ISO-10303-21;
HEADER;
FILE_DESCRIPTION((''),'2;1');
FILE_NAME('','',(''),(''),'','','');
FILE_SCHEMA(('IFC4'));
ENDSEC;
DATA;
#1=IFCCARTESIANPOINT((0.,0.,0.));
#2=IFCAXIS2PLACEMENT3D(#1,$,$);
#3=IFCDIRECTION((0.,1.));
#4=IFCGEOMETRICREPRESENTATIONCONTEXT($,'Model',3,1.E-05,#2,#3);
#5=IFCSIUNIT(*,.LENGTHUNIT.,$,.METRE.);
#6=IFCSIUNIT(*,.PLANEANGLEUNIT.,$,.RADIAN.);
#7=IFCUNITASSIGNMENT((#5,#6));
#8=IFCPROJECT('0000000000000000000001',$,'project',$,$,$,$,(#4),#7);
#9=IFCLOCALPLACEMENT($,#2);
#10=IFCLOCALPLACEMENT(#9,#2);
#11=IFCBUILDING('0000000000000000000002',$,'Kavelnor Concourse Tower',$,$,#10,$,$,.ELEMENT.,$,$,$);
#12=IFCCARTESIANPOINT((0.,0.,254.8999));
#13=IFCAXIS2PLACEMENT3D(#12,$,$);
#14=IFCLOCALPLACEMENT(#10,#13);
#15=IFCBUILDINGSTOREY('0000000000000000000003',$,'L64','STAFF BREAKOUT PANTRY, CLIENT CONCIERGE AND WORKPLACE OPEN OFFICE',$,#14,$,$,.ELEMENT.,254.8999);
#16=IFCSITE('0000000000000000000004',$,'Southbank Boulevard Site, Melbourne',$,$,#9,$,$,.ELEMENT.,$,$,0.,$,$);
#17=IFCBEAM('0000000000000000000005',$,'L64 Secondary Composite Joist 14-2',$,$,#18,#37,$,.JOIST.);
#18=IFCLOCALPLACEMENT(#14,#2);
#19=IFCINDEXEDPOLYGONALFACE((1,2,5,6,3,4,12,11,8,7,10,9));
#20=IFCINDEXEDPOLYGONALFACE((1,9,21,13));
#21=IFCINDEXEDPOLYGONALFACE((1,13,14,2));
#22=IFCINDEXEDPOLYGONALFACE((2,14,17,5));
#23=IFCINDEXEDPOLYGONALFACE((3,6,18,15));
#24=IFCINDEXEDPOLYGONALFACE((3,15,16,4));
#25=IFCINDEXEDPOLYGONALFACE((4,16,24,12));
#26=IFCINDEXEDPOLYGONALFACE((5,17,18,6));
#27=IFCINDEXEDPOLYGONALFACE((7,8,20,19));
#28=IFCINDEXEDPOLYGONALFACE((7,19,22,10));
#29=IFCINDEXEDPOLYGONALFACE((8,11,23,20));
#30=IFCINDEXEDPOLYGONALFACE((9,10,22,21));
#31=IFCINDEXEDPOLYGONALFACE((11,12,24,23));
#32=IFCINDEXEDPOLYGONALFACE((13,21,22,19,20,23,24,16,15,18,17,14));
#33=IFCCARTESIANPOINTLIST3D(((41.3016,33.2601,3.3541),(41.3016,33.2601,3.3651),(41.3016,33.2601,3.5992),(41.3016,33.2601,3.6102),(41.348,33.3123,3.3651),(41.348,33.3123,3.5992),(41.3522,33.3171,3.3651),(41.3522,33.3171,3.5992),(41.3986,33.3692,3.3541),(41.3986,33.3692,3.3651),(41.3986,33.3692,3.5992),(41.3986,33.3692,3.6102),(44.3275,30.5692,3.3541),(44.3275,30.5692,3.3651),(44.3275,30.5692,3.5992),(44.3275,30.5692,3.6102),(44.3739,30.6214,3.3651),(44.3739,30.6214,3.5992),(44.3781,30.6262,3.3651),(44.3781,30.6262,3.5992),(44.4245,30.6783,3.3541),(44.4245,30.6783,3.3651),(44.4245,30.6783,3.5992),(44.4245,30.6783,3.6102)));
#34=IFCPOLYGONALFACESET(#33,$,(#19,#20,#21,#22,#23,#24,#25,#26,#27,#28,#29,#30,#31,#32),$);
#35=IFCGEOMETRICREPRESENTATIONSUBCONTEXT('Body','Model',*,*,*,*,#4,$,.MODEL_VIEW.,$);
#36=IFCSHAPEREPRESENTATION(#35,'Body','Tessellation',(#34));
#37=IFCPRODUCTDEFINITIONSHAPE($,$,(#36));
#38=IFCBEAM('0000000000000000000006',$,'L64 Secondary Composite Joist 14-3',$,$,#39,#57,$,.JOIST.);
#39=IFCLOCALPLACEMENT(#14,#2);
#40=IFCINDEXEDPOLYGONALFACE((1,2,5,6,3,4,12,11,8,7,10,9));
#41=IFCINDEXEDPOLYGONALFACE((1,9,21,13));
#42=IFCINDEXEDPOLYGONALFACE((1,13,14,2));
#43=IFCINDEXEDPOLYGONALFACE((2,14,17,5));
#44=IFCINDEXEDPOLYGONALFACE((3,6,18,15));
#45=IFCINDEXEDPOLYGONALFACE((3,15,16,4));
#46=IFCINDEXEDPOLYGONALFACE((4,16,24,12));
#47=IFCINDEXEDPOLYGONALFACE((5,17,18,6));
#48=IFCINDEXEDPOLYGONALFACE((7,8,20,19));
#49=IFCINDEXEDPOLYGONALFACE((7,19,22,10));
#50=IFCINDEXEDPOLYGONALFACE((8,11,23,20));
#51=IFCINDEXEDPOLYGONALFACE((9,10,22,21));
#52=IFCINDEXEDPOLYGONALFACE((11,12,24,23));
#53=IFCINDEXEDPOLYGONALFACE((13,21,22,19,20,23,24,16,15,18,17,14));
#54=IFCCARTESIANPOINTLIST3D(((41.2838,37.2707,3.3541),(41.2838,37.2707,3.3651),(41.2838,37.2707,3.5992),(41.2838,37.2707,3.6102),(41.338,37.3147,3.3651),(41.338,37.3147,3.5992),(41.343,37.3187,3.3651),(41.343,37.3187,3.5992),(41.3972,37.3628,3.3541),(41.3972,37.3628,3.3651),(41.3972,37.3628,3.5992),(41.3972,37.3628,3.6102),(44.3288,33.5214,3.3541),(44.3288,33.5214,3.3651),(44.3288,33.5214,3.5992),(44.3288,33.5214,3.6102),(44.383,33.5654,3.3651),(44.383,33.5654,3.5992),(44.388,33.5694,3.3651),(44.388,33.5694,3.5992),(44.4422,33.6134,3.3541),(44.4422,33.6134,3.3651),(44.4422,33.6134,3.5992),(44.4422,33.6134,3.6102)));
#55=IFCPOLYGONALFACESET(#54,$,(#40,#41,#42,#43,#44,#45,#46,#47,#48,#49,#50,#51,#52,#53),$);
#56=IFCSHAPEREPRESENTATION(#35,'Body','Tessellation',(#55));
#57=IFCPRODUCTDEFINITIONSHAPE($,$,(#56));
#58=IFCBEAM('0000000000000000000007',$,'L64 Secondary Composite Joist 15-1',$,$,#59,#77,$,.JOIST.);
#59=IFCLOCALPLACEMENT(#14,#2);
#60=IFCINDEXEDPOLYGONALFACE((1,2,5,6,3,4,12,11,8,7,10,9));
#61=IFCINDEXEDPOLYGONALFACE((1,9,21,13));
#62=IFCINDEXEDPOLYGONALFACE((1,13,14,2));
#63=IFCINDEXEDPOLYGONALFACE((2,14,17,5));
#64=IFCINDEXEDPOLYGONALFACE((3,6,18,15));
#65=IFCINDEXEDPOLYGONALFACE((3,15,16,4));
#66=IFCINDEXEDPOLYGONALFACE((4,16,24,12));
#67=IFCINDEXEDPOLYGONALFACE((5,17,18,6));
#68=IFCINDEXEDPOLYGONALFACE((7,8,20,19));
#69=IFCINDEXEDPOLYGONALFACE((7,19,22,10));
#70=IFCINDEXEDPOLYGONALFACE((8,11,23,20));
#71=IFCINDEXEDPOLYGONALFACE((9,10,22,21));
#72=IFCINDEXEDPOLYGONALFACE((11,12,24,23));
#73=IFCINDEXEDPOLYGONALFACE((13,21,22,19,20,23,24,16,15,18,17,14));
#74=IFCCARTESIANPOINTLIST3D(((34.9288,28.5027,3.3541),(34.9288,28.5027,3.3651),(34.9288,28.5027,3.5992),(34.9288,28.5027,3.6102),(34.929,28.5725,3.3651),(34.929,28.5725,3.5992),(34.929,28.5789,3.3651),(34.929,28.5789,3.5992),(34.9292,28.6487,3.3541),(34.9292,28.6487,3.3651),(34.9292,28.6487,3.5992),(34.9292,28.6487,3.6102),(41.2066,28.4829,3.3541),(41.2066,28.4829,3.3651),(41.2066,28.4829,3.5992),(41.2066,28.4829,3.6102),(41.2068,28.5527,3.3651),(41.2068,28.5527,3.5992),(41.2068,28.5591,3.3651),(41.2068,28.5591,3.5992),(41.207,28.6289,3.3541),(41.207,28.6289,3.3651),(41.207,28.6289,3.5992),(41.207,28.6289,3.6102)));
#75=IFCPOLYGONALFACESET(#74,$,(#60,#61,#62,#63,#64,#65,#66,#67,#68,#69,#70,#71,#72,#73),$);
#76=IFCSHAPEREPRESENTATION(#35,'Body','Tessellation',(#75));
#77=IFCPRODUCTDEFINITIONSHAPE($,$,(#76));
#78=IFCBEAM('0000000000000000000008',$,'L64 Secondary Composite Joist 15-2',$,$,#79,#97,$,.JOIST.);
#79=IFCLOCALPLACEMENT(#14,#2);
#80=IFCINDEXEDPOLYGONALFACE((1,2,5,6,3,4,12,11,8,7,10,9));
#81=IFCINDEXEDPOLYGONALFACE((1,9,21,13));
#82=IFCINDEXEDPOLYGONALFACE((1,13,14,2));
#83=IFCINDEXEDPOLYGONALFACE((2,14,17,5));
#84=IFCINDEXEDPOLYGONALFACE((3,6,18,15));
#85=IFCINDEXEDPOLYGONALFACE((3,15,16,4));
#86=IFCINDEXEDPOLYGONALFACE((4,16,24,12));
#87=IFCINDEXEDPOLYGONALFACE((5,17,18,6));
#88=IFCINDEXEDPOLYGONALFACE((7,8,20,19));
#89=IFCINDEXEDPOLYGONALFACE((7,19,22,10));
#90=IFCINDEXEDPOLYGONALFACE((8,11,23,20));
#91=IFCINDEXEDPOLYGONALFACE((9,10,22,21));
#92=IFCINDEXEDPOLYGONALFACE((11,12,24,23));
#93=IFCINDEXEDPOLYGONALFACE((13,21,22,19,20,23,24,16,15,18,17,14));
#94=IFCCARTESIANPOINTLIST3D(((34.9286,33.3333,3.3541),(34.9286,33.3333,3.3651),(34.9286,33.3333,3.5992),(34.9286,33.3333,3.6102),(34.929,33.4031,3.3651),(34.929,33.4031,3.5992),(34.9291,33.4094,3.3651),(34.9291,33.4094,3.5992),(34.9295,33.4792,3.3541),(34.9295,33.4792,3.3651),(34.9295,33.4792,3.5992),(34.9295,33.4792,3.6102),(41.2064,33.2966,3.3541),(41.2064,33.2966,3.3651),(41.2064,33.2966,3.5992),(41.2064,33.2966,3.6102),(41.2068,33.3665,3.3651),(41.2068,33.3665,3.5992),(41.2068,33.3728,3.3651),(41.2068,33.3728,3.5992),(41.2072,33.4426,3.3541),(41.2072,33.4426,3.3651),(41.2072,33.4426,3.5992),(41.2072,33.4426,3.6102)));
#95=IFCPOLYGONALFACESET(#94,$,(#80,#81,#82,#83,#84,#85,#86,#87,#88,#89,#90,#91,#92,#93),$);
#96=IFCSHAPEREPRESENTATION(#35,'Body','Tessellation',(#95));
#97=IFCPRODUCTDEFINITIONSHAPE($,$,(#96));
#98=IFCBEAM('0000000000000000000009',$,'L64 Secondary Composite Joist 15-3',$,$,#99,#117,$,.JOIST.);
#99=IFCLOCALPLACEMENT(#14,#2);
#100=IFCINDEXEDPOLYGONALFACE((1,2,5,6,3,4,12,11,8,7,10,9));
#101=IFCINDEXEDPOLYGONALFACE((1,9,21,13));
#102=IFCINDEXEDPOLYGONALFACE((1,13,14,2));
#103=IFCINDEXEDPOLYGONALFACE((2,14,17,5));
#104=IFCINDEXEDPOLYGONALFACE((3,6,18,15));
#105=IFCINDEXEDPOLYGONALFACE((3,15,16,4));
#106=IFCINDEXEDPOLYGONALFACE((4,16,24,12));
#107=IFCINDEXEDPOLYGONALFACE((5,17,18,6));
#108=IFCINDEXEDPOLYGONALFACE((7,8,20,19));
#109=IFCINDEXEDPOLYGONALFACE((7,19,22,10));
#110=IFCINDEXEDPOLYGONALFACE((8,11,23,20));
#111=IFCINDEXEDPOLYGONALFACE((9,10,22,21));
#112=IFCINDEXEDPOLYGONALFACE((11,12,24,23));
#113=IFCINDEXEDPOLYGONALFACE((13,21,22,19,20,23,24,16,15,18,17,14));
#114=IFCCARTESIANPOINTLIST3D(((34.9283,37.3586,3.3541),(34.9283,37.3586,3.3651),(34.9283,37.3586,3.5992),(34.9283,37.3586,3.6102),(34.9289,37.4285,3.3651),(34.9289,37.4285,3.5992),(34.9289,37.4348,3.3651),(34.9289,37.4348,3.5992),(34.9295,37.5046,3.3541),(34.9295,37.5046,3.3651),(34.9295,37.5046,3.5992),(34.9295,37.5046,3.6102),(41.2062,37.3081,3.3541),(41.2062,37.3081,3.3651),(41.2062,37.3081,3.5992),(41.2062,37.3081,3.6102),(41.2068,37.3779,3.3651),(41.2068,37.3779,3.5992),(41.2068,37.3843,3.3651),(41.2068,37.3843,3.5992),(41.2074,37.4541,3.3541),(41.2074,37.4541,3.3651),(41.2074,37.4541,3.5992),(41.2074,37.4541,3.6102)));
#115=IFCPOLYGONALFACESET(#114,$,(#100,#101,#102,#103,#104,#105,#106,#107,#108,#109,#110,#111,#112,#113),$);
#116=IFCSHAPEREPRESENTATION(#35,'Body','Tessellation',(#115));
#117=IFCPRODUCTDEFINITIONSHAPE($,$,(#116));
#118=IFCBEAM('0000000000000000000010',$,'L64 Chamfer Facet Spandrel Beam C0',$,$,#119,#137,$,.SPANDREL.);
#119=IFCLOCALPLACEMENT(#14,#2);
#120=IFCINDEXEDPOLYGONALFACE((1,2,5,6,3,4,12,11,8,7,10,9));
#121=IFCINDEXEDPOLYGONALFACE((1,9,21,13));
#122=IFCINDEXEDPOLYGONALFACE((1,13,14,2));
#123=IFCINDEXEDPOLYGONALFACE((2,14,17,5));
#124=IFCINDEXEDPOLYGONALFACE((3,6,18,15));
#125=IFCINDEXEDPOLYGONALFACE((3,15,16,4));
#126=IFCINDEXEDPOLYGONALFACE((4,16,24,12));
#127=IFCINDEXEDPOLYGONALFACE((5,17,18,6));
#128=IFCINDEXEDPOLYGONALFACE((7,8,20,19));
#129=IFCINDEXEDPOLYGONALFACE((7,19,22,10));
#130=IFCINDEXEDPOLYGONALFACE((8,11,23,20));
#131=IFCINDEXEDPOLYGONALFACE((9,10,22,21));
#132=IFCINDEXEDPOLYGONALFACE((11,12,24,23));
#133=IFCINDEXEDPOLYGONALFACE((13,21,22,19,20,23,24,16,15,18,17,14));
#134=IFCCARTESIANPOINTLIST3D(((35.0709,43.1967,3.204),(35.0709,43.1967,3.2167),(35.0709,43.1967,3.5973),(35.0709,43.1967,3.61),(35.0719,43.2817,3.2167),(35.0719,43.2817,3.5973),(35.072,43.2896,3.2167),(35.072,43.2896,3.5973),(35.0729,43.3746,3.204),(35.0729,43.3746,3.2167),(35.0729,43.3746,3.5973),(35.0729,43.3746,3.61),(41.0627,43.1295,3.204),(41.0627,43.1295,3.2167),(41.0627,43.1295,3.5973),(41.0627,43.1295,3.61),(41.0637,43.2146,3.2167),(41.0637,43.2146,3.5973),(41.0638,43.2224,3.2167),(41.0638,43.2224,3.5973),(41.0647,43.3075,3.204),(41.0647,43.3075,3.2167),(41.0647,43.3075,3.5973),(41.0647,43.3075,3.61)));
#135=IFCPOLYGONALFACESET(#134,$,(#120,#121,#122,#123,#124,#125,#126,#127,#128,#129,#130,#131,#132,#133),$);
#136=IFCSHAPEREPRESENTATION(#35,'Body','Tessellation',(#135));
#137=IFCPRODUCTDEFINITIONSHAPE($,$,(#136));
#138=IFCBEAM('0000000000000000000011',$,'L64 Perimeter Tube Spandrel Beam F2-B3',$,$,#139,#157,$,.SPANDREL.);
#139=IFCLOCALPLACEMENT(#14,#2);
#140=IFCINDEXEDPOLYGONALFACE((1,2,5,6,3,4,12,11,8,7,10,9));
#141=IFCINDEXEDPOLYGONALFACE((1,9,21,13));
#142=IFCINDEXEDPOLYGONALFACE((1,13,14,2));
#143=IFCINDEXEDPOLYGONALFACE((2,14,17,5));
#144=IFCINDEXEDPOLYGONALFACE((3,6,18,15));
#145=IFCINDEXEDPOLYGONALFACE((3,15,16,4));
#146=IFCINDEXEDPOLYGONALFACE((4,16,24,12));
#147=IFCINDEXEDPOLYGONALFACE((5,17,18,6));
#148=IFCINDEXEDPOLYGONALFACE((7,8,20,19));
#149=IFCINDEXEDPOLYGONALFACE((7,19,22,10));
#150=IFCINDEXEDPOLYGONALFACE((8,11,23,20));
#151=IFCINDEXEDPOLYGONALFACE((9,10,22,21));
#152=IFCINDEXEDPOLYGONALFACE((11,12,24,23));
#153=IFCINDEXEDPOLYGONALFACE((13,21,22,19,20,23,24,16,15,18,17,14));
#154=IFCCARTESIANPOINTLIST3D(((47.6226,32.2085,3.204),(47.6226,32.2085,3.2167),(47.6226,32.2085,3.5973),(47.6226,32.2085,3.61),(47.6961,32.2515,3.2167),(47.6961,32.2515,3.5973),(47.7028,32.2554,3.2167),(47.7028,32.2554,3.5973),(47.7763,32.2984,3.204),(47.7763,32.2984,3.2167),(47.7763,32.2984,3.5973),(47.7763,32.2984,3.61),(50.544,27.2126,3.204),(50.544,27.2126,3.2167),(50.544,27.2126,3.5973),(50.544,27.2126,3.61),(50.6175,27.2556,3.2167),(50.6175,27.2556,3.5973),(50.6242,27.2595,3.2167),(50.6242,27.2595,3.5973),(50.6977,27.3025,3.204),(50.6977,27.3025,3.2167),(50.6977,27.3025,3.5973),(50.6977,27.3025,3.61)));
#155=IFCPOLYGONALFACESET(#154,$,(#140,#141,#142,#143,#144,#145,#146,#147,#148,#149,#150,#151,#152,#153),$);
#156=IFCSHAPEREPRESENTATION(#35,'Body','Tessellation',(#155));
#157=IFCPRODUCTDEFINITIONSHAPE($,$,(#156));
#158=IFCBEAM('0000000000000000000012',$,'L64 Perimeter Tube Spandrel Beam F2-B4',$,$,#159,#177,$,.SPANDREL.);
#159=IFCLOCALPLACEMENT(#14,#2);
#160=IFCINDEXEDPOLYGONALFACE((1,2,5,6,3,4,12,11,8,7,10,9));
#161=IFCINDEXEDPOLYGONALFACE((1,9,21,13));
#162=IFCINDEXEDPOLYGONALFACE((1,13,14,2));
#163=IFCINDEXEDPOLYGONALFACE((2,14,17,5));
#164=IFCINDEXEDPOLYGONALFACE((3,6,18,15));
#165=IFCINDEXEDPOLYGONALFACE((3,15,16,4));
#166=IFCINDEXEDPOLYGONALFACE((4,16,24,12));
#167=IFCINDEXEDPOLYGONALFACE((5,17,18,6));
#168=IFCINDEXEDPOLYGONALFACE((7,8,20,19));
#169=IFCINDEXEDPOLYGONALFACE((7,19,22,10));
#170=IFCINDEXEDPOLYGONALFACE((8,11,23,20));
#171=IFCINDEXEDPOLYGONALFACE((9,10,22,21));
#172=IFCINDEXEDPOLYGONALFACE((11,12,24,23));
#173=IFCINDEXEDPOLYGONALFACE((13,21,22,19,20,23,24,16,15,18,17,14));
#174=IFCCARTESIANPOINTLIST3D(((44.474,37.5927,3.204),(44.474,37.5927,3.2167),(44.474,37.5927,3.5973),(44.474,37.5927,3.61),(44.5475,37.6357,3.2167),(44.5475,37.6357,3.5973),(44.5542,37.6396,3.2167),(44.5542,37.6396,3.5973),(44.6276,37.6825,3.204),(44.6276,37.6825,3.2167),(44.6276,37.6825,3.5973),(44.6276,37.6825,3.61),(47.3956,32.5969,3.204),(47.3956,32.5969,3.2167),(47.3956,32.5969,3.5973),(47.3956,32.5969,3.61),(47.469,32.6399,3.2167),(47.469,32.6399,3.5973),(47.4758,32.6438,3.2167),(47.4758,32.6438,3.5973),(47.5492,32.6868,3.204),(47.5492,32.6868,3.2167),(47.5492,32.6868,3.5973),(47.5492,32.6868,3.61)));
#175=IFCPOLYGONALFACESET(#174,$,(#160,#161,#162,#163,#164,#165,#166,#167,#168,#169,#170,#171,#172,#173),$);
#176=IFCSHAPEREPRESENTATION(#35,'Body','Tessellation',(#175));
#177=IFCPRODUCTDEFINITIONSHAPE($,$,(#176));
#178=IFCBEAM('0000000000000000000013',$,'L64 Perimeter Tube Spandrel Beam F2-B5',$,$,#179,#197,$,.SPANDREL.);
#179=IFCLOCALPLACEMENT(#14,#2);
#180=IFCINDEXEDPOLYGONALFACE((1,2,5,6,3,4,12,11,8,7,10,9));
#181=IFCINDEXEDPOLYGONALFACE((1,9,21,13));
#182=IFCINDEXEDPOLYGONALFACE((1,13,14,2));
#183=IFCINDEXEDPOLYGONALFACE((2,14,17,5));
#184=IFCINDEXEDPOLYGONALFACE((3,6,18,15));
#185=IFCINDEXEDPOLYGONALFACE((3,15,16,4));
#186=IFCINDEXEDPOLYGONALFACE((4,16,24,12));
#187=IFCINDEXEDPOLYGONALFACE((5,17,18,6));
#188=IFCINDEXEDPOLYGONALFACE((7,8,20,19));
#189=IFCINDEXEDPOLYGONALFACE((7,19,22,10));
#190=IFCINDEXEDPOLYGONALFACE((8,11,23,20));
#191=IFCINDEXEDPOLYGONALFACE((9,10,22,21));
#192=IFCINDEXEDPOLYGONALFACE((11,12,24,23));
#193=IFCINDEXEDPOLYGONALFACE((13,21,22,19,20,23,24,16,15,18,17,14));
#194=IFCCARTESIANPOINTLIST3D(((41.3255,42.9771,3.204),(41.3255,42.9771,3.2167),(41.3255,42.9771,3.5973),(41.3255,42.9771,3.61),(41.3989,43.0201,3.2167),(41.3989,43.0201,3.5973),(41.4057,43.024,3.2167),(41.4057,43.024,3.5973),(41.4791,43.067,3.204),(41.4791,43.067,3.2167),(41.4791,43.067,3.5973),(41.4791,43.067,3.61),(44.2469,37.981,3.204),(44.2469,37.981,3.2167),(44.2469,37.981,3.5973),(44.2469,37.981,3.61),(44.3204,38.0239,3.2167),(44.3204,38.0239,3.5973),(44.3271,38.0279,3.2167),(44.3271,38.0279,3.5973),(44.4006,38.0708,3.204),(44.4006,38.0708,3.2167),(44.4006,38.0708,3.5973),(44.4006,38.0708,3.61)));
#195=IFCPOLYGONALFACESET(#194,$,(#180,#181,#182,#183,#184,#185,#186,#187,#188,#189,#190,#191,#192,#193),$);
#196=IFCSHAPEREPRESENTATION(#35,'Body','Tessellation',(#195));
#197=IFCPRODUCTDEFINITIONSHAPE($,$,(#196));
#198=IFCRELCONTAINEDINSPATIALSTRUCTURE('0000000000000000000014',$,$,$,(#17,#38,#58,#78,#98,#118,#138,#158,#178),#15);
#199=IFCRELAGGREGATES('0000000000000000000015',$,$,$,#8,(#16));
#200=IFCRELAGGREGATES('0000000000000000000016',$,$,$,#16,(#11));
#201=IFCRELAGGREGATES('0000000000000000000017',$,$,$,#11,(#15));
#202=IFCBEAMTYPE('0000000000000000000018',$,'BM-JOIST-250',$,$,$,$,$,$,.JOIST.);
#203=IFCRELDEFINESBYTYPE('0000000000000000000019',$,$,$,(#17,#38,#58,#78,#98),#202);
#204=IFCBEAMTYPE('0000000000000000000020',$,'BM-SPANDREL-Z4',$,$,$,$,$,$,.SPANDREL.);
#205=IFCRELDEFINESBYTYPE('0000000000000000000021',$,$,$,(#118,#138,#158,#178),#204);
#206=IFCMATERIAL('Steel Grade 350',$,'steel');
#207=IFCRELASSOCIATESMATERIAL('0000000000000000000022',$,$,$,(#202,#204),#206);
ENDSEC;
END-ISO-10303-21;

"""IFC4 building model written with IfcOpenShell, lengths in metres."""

from ifc_helpers import new_model, si_unit, direction, frame, origin, origin_2d, place, context, subcontext, project, spatial, i_section, extrude, material, material_profile, profile_set, type_object, element, save


model = new_model("IFC4")

# Units and contexts
model_context = context("Model", 3, precision=1e-05, world=origin(), true_north=direction((0.0, 1.0)))
body_context = subcontext(model_context, "Body", "Model", "MODEL_VIEW")
ifc_project = project(units=[si_unit("LENGTHUNIT", "METRE"), si_unit("PLANEANGLEUNIT", "RADIAN")], contexts=[model_context])

# Site, building, storey
site_placement = place(None, origin())
site = spatial("IfcSite", under=ifc_project, at=site_placement, Name="Southbank Boulevard Site, Melbourne", CompositionType="ELEMENT", RefElevation=0.0)
building_placement = place(site_placement, origin())
building = spatial("IfcBuilding", under=site, at=building_placement, Name="Kavelnor Concourse Tower", CompositionType="ELEMENT")
storey_placement = place(building_placement, frame((0.0, 0.0, 254.8999)))
storey = spatial("IfcBuildingStorey", under=building, at=storey_placement, Name="L64", Description="STAFF BREAKOUT PANTRY, CLIENT CONCIERGE AND WORKPLACE OPEN OFFICE", CompositionType="ELEMENT", Elevation=254.8999)

# Shared definitions
ifc_material_1 = material(Name="Steel Grade 350", Category="steel")

# Beams
ifc_material_profile_1 = material_profile(ifc_material_1, i_section(OverallWidth=0.146, OverallDepth=0.2561, WebThickness=0.0063, FlangeThickness=0.011, at=origin_2d()), Name="250UB37")
ifc_profile_set_1 = profile_set([ifc_material_profile_1], Name="Steel Grade 350")
beam_type_1 = type_object("IfcBeamType", Name="BM-JOIST-250", PredefinedType="JOIST", material=ifc_profile_set_1)
beam_1_placement = place(storey_placement, frame((44.376, 30.6238, 3.4822), z_axis=(-0.747256, 0.664536, 0.0), x_axis=(-0.664536, -0.747256, 0.0)))
element("IfcBeam", 1, at=beam_1_placement, inside=storey, type_object=beam_type_1, Name="L64 Secondary Composite Joist 14-2", PredefinedType="JOIST", context=body_context, shape_type="SweptSolid", body=[
    extrude(i_section(OverallWidth=0.146, OverallDepth=0.2561, WebThickness=0.0063, FlangeThickness=0.011, at=origin_2d()), origin(), (0.0, 0.0, 1.0), 4.0493),
])
beam_2_placement = place(storey_placement, frame((44.3855, 33.5674, 3.4822), z_axis=(-0.630423, 0.776252, 0.0), x_axis=(-0.776252, -0.630423, 0.0)))
element("IfcBeam", 2, at=beam_2_placement, inside=storey, type_object=beam_type_1, Name="L64 Secondary Composite Joist 14-3", PredefinedType="JOIST", context=body_context, shape_type="SweptSolid", body=[
    extrude(i_section(OverallWidth=0.146, OverallDepth=0.2561, WebThickness=0.0063, FlangeThickness=0.011, at=origin_2d()), origin(), (0.0, 0.0, 1.0), 4.8301),
])
for number, where, z_axis, x_axis, name in (
    (3, (41.2068, 28.5559, 3.4822), (-0.999995, 0.00315, 0.0), (-0.00315, -0.999995, 0.0), "L64 Secondary Composite Joist 15-1"),
    (4, (41.2068, 33.3696, 3.4822), (-0.999983, 0.005833, 0.0), (-0.005833, -0.999983, 0.0), "L64 Secondary Composite Joist 15-2"),
):
    element("IfcBeam", number, at=place(storey_placement, frame(where, z_axis=z_axis, x_axis=x_axis)), inside=storey, type_object=beam_type_1, Name=name, PredefinedType="JOIST", context=body_context, shape_type="SweptSolid", body=[
        extrude(i_section(OverallWidth=0.146, OverallDepth=0.2561, WebThickness=0.0063, FlangeThickness=0.011, at=origin_2d()), origin(), (0.0, 0.0, 1.0), 6.2778),
    ])
beam_3_placement = place(storey_placement, frame((41.2068, 37.3811, 3.4822), z_axis=(-0.999968, 0.00805, 0.0), x_axis=(-0.00805, -0.999968, 0.0)))
element("IfcBeam", 5, at=beam_3_placement, inside=storey, type_object=beam_type_1, Name="L64 Secondary Composite Joist 15-3", PredefinedType="JOIST", context=body_context, shape_type="SweptSolid", body=[
    extrude(i_section(OverallWidth=0.146, OverallDepth=0.2561, WebThickness=0.0063, FlangeThickness=0.011, at=origin_2d()), origin(), (0.0, 0.0, 1.0), 6.2781),
])
ifc_material_profile_2 = material_profile(ifc_material_1, i_section(OverallWidth=0.178, OverallDepth=0.406, WebThickness=0.0078, FlangeThickness=0.0127, at=origin_2d()), Name="410UB59")
ifc_profile_set_2 = profile_set([ifc_material_profile_2], Name="Steel Grade 350")
beam_type_2 = type_object("IfcBeamType", Name="BM-SPANDREL-Z4", PredefinedType="SPANDREL", material=ifc_profile_set_2)
beam_4_placement = place(storey_placement, frame((41.0637, 43.2185, 3.407), z_axis=(-0.999937, 0.011205, 0.0), x_axis=(-0.011205, -0.999937, 0.0)))
element("IfcBeam", 6, at=beam_4_placement, inside=storey, type_object=beam_type_2, Name="L64 Chamfer Facet Spandrel Beam C0", PredefinedType="SPANDREL", context=body_context, shape_type="SweptSolid", body=[
    extrude(i_section(OverallWidth=0.178, OverallDepth=0.406, WebThickness=0.0078, FlangeThickness=0.0127, at=origin_2d()), origin(), (0.0, 0.0, 1.0), 5.9922),
])
for number, where, z_axis, x_axis, name in (
    (7, (50.6208, 27.2576, 3.407), (-0.504791, 0.863241, 0.0), (-0.863241, -0.504791, 0.0), "L64 Perimeter Tube Spandrel Beam F2-B3"),
    (8, (47.4724, 32.6418, 3.407), (-0.504823, 0.863223, 0.0), (-0.863223, -0.504823, 0.0), "L64 Perimeter Tube Spandrel Beam F2-B4"),
):
    element("IfcBeam", number, at=place(storey_placement, frame(where, z_axis=z_axis, x_axis=x_axis)), inside=storey, type_object=beam_type_2, Name=name, PredefinedType="SPANDREL", context=body_context, shape_type="SweptSolid", body=[
        extrude(i_section(OverallWidth=0.178, OverallDepth=0.406, WebThickness=0.0078, FlangeThickness=0.0127, at=origin_2d()), origin(), (0.0, 0.0, 1.0), 5.7874),
    ])
beam_5_placement = place(storey_placement, frame((44.3237, 38.0259, 3.407), z_axis=(-0.504773, 0.863252, 0.0), x_axis=(-0.863252, -0.504773, 0.0)))
element("IfcBeam", 9, at=beam_5_placement, inside=storey, type_object=beam_type_2, Name="L64 Perimeter Tube Spandrel Beam F2-B5", PredefinedType="SPANDREL", context=body_context, shape_type="SweptSolid", body=[
    extrude(i_section(OverallWidth=0.178, OverallDepth=0.406, WebThickness=0.0078, FlangeThickness=0.0127, at=origin_2d()), origin(), (0.0, 0.0, 1.0), 5.7876),
])

save(model, "model.ifc")
